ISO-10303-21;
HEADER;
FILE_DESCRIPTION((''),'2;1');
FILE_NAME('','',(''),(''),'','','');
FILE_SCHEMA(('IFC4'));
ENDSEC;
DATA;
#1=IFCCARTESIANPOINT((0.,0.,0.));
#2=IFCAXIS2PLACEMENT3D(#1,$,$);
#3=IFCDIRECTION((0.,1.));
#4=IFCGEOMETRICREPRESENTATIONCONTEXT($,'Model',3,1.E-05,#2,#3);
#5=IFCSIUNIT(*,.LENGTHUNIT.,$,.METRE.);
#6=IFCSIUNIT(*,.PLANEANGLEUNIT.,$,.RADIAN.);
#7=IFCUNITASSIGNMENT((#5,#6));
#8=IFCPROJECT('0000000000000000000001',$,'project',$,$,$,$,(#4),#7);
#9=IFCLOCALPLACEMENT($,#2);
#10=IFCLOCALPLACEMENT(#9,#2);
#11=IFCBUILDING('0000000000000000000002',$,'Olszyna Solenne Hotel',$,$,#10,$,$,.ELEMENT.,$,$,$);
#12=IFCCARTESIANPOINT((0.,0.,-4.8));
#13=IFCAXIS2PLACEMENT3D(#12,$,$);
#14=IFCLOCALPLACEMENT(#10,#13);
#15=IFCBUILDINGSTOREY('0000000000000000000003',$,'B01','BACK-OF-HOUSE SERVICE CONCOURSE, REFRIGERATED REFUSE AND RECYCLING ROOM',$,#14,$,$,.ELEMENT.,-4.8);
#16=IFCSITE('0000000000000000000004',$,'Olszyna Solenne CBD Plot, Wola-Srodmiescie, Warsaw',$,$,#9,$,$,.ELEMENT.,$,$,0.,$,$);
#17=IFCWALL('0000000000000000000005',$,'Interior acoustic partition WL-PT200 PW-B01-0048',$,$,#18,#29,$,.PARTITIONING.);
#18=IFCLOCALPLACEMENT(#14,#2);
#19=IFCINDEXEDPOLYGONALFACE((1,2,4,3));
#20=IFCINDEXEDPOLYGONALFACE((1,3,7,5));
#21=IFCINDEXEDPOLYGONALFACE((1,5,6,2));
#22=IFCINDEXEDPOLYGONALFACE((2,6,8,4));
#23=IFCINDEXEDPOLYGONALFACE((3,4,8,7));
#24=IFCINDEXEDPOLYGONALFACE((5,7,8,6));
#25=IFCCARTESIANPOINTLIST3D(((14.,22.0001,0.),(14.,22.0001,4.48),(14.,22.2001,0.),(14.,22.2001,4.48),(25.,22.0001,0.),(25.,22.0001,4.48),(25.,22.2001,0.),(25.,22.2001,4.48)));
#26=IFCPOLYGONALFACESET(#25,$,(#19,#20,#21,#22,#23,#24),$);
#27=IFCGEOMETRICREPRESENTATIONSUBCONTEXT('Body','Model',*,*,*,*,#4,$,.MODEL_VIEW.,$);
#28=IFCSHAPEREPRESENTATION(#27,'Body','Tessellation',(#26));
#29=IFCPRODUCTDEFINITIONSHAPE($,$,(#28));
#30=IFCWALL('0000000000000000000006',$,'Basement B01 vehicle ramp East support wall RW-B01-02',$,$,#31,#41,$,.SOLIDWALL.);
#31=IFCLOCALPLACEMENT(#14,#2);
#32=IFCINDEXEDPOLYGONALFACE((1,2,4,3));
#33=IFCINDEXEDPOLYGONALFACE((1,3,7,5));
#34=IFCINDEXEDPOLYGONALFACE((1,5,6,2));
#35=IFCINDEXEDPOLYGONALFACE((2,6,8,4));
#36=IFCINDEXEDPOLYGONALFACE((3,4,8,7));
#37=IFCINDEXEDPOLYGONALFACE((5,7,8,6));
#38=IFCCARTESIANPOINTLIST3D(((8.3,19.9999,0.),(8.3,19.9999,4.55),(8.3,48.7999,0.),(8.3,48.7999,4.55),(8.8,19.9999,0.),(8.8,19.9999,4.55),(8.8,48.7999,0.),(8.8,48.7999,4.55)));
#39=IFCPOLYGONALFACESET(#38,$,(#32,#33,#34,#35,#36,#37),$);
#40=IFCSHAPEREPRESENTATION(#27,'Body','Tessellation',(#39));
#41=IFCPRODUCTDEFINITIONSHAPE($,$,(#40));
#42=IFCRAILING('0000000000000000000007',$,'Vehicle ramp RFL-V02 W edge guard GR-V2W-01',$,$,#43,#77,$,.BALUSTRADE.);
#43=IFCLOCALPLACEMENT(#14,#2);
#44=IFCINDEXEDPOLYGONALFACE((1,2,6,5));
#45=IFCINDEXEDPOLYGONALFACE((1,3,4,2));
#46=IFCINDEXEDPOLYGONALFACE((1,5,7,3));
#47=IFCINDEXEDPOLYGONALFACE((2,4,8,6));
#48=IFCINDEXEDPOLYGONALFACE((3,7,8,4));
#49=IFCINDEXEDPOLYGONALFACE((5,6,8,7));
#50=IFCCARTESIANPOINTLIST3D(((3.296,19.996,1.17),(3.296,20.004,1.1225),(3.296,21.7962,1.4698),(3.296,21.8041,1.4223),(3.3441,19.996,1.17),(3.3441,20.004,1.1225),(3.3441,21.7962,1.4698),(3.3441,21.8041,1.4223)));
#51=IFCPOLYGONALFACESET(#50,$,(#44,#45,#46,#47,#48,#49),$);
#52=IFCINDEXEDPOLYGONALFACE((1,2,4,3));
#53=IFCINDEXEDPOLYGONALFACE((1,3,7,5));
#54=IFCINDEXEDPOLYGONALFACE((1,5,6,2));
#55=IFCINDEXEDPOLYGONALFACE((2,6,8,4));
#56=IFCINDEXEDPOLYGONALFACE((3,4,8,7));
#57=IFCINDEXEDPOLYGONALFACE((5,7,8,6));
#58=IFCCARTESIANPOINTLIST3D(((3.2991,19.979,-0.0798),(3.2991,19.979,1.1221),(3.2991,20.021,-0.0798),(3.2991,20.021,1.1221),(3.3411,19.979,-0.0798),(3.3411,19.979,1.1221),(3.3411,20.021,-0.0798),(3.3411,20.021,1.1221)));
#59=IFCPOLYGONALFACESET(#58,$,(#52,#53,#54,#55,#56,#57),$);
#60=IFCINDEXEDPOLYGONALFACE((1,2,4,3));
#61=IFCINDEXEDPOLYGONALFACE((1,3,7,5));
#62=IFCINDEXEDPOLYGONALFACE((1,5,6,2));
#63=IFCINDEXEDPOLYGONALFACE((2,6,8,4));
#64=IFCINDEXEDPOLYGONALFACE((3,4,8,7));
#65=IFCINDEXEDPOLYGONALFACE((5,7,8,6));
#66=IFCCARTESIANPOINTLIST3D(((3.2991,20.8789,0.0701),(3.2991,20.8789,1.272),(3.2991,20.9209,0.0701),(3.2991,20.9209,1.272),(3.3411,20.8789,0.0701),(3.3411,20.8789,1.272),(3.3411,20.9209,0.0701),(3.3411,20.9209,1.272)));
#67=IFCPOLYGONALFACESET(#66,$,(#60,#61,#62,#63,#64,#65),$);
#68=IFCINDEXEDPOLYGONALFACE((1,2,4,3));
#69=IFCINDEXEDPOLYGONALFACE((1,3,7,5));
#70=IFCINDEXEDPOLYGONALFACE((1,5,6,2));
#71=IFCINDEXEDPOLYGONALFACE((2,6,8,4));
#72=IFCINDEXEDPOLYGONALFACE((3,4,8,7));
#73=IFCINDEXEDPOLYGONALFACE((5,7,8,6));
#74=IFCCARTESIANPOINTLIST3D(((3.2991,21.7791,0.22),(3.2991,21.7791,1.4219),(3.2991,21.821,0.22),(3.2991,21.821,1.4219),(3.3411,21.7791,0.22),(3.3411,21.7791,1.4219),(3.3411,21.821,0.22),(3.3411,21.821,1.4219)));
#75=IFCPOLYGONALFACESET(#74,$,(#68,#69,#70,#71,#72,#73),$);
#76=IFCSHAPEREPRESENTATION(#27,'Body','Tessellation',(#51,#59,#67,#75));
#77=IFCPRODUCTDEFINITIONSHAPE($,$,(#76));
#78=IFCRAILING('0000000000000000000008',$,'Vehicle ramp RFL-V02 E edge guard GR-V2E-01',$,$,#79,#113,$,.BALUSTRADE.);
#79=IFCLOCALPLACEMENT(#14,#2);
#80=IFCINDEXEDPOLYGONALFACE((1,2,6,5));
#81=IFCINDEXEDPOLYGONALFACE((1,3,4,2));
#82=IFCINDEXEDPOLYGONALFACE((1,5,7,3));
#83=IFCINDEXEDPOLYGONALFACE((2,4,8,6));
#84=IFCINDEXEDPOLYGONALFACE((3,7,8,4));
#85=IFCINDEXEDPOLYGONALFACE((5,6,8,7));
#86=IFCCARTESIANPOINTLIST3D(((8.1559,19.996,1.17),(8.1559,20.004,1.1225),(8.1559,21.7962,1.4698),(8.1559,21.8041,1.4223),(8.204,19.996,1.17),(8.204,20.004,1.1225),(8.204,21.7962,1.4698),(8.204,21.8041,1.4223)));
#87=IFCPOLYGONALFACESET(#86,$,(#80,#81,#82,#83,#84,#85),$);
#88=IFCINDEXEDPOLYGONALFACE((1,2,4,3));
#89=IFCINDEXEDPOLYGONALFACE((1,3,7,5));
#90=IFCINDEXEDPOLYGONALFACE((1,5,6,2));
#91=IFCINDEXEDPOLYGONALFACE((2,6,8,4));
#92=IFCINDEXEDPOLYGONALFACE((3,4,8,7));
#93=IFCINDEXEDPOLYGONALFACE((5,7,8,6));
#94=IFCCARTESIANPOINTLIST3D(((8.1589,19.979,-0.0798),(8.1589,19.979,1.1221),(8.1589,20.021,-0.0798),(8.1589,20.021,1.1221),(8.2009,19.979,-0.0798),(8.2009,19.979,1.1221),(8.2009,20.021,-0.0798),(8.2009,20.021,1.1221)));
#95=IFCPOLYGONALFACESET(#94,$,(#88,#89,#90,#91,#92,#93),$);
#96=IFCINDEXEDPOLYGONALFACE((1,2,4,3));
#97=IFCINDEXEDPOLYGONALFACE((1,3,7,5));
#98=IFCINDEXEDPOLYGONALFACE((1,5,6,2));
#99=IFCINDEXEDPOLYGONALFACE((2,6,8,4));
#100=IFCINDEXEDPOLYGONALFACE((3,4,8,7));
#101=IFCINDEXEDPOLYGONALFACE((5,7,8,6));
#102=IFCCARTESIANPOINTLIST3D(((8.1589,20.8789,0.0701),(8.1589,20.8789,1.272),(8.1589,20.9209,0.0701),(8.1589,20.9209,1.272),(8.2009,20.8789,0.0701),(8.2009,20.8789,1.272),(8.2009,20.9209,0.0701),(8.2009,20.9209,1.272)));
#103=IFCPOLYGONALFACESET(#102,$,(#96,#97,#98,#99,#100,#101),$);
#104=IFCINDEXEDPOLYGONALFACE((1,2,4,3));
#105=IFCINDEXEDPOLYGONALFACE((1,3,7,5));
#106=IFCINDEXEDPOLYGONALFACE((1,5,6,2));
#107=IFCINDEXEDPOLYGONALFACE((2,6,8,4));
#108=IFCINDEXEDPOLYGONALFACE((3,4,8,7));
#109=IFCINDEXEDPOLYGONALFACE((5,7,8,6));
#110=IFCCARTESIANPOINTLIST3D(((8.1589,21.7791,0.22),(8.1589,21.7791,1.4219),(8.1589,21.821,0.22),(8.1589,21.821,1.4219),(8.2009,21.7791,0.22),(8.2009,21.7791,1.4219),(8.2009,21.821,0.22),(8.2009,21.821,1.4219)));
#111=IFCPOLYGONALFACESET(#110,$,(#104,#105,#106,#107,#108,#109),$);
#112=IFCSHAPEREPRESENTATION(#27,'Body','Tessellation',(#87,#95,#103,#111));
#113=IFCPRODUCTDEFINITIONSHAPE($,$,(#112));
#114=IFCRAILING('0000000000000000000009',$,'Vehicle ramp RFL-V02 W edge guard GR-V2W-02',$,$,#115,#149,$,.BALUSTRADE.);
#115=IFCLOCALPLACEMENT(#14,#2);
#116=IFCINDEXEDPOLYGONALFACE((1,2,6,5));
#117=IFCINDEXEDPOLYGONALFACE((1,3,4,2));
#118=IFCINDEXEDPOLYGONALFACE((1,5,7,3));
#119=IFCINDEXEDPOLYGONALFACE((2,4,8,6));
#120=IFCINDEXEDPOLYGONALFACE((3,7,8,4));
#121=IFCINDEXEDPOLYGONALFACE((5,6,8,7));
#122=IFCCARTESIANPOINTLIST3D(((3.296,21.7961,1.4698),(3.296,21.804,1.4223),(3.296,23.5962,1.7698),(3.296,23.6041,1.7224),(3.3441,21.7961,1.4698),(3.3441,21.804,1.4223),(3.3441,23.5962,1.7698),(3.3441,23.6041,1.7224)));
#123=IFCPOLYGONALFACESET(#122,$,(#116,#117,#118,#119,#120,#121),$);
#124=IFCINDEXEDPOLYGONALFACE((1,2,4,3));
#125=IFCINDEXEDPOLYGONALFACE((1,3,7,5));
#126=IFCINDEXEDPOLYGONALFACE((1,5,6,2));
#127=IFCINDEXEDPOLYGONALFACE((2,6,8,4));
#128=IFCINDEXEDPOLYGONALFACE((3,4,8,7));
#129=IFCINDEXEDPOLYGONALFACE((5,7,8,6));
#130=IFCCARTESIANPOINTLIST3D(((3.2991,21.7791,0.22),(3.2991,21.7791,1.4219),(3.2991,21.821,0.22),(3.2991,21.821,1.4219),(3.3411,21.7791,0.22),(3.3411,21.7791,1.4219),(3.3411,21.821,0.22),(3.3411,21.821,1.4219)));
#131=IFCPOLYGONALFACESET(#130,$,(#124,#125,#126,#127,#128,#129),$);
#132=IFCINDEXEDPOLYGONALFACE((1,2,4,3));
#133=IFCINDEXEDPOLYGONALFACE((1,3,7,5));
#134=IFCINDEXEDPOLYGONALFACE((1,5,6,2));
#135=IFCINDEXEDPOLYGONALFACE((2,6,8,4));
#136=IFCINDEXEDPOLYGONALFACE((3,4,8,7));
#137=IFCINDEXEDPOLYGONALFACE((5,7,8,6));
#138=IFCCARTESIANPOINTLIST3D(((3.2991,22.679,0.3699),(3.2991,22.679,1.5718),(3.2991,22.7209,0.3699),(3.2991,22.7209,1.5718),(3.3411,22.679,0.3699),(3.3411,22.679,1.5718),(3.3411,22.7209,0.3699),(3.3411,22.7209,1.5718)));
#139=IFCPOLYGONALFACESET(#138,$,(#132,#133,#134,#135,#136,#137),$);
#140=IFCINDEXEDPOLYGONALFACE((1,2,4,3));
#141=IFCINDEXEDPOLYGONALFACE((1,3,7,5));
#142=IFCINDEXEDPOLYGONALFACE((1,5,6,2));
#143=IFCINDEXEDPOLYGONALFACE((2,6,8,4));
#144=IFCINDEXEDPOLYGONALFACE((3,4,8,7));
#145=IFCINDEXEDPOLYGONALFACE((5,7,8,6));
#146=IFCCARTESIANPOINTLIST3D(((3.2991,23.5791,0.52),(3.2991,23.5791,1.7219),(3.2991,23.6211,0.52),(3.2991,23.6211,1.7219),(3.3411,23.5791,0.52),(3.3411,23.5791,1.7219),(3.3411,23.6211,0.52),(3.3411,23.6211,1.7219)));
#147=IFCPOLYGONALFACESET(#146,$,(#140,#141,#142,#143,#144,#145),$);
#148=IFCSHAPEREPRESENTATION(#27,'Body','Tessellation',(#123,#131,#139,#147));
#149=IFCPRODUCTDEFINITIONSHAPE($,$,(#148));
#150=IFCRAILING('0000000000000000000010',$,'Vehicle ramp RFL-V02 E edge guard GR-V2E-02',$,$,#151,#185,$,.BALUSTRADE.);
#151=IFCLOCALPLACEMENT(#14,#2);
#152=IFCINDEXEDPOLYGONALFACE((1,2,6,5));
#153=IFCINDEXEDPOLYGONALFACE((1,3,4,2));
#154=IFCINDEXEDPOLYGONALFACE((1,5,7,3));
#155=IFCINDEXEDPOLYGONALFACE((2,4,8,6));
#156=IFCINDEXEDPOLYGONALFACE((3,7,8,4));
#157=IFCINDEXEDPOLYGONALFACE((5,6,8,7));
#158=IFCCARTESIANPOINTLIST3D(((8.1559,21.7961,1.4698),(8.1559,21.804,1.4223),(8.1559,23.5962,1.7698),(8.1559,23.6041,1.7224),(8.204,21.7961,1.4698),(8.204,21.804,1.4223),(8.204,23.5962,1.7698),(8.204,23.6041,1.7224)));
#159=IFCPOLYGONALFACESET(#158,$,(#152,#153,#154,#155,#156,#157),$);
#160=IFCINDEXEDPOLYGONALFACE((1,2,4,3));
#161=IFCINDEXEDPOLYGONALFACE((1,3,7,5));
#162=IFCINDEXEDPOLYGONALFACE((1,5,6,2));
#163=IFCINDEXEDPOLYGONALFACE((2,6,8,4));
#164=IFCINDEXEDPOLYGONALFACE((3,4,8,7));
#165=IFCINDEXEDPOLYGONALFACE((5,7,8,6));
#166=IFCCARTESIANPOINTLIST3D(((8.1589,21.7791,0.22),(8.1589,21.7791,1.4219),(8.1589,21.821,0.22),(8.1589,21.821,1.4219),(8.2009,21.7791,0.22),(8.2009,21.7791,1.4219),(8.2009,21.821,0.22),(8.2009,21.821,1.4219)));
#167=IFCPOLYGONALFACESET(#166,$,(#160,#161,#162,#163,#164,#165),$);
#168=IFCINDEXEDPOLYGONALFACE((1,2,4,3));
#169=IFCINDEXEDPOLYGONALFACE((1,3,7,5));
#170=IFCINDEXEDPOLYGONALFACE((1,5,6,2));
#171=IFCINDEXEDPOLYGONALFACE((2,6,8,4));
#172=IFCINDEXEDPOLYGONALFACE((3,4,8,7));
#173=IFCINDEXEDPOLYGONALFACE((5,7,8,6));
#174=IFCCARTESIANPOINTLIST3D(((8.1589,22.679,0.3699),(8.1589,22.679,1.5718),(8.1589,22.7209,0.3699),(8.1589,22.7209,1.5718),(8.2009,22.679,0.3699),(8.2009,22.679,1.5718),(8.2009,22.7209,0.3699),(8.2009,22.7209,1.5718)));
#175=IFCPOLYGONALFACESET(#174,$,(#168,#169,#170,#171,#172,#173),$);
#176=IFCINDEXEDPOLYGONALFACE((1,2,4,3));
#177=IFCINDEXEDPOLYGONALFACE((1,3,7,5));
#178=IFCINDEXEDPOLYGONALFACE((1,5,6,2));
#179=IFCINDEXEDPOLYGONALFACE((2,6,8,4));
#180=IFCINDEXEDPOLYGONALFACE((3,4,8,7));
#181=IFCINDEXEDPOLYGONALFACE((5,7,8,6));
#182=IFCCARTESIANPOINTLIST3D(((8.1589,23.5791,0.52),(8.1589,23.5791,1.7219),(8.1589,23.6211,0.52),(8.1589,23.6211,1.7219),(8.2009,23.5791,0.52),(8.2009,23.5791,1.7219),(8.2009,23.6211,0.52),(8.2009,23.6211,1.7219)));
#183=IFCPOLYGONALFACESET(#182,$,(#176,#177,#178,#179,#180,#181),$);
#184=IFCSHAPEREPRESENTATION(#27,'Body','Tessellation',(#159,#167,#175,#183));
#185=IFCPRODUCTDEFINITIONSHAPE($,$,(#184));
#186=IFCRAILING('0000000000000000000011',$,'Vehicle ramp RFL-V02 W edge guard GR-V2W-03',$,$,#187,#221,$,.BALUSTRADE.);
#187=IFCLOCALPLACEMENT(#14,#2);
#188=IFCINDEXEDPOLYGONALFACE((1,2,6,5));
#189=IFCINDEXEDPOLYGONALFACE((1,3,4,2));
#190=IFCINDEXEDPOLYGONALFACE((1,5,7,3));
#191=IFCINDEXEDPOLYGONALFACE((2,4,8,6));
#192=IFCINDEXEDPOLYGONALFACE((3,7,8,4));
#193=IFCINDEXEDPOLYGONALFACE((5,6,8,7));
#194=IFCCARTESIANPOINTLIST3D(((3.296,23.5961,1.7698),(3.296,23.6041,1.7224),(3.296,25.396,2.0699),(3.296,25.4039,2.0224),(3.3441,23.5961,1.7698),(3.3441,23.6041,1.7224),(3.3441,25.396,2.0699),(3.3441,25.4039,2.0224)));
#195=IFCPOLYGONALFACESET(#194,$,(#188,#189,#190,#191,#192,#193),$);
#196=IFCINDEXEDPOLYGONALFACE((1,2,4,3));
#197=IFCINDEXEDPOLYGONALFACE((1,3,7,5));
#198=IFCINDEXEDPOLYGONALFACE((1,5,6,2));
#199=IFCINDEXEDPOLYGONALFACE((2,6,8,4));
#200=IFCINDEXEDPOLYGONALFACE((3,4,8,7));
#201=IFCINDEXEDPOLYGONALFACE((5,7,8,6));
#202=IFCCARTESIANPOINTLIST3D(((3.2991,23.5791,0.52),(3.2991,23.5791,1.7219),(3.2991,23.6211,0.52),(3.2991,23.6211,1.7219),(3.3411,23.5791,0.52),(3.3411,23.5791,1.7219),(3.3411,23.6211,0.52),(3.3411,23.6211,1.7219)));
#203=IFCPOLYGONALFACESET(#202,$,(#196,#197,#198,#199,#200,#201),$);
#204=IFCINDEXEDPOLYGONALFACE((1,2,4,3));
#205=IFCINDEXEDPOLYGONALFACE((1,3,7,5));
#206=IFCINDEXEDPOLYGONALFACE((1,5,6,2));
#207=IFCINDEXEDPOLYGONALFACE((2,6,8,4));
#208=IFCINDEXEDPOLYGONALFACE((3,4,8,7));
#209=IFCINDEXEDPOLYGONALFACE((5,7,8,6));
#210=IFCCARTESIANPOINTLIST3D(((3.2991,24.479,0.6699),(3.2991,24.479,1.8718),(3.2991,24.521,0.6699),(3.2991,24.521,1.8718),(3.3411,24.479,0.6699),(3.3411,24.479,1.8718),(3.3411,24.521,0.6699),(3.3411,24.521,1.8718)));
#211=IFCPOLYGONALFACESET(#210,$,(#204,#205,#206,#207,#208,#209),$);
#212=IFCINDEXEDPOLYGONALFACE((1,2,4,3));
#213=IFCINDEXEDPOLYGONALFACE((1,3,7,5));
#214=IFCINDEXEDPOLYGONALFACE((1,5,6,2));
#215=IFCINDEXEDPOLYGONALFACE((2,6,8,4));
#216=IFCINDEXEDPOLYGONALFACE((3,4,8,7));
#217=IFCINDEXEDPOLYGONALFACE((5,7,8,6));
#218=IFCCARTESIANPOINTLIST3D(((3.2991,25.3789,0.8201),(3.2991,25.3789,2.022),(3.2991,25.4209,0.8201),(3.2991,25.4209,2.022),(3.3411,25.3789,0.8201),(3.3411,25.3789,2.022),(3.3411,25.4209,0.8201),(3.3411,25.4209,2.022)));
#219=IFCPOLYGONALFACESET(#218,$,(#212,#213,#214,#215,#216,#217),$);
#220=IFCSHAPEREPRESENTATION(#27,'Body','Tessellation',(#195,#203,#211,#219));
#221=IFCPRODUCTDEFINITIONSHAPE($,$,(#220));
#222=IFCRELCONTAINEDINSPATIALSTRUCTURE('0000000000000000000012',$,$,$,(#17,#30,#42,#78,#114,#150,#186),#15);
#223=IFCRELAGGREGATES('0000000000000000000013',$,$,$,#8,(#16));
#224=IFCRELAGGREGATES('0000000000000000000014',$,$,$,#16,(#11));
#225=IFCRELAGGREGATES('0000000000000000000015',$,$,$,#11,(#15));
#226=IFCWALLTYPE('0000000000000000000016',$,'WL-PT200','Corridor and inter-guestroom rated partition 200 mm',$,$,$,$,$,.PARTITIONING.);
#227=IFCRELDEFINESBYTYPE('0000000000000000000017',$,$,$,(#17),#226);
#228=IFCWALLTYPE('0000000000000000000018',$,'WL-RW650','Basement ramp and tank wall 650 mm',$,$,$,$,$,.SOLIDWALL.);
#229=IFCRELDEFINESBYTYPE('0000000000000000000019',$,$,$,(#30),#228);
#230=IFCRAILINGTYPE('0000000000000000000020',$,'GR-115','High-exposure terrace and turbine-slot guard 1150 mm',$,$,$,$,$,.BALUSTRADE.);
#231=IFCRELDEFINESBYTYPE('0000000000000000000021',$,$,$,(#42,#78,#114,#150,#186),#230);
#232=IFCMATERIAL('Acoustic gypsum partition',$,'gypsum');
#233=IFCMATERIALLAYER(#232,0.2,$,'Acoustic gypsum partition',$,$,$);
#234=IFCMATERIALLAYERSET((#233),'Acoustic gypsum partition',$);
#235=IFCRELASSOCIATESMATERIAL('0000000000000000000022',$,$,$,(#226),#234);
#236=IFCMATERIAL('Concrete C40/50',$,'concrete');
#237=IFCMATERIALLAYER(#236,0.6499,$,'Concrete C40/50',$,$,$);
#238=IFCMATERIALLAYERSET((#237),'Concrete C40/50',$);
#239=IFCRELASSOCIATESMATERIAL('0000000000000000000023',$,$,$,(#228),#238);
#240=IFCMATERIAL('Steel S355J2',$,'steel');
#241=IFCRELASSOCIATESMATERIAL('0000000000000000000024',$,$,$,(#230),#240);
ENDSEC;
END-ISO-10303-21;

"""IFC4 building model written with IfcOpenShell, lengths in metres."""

from ifc_helpers import new_model, si_unit, direction, frame, frame_2d, origin, origin_2d, place, context, subcontext, project, spatial, rectangle, extrude, material, layer, layer_set, type_object, element, save


model = new_model("IFC4")

# Units and contexts
model_context = context("Model", 3, precision=1e-05, world=origin(), true_north=direction((0.0, 1.0)))
body_context = subcontext(model_context, "Body", "Model", "MODEL_VIEW")
ifc_project = project(units=[si_unit("LENGTHUNIT", "METRE"), si_unit("PLANEANGLEUNIT", "RADIAN")], contexts=[model_context])

# Site, building, storey
site_placement = place(None, origin())
site = spatial("IfcSite", under=ifc_project, at=site_placement, Name="Olszyna Solenne CBD Plot, Wola-Srodmiescie, Warsaw", CompositionType="ELEMENT", RefElevation=0.0)
building_placement = place(site_placement, origin())
building = spatial("IfcBuilding", under=site, at=building_placement, Name="Olszyna Solenne Hotel", CompositionType="ELEMENT")
storey_placement = place(building_placement, frame((0.0, 0.0, -4.8)))
storey = spatial("IfcBuildingStorey", under=building, at=storey_placement, Name="B01", Description="BACK-OF-HOUSE SERVICE CONCOURSE, REFRIGERATED REFUSE AND RECYCLING ROOM", CompositionType="ELEMENT", Elevation=-4.8)

# Shared definitions
ifc_material_1 = material(Name="Steel S355J2", Category="steel")

# Shared definitions
ifc_material_2 = material(Name="Concrete C40/50", Category="concrete")

# Walls
ifc_material_3 = material(Name="Acoustic gypsum partition", Category="gypsum")
ifc_layer_1 = layer(ifc_material_3, 0.2, Name="Acoustic gypsum partition")
ifc_layer_set_1 = layer_set([ifc_layer_1], Name="Acoustic gypsum partition")
wall_type_1 = type_object("IfcWallType", Name="WL-PT200", Description="Corridor and inter-guestroom rated partition 200 mm", PredefinedType="PARTITIONING", material=ifc_layer_set_1)
wall_1_placement = place(storey_placement, frame((14.0, 22.1001, 0.0), z_axis=(0.0, 0.0, 1.0), x_axis=(1.0, 0.0, 0.0)))
element("IfcWall", 1, at=wall_1_placement, inside=storey, type_object=wall_type_1, Name="Interior acoustic partition WL-PT200 PW-B01-0048", PredefinedType="PARTITIONING", context=body_context, shape_type="SweptSolid", body=[
    extrude(rectangle(XDim=11.0, YDim=0.2, at=frame_2d((5.5, 0.0))), origin(), (0.0, 0.0, 1.0), 4.48),
])
ifc_layer_2 = layer(ifc_material_2, 0.6499, Name="Concrete C40/50")
ifc_layer_set_2 = layer_set([ifc_layer_2], Name="Concrete C40/50")
wall_type_2 = type_object("IfcWallType", Name="WL-RW650", Description="Basement ramp and tank wall 650 mm", PredefinedType="SOLIDWALL", material=ifc_layer_set_2)
wall_2_placement = place(storey_placement, frame((8.55, 20.0, 0.0), z_axis=(0.0, 0.0, 1.0), x_axis=(0.0, 1.0, 0.0)))
element("IfcWall", 2, at=wall_2_placement, inside=storey, type_object=wall_type_2, Name="Basement B01 vehicle ramp East support wall RW-B01-02", PredefinedType="SOLIDWALL", context=body_context, shape_type="SweptSolid", body=[
    extrude(rectangle(XDim=28.8, YDim=0.5, at=frame_2d((14.3999, 0.0))), origin(), (0.0, 0.0, 1.0), 4.55),
])

# Railings
railing_type = type_object("IfcRailingType", Name="GR-115", Description="High-exposure terrace and turbine-slot guard 1150 mm", PredefinedType="BALUSTRADE", material=ifc_material_1)
for number, where, name in (
    (3, (3.3201, 20.0, -0.0798), "Vehicle ramp RFL-V02 W edge guard GR-V2W-01"),
    (4, (8.1799, 20.0, -0.0798), "Vehicle ramp RFL-V02 E edge guard GR-V2E-01"),
):
    element("IfcRailing", number, at=place(storey_placement, frame(where)), inside=storey, type_object=railing_type, Name=name, PredefinedType="BALUSTRADE", context=body_context, shape_type="SweptSolid", body=[
        extrude(rectangle(XDim=0.0481, YDim=0.0481, at=origin_2d()), frame((0.0, 0.0, 1.2261), z_axis=(0.0, 0.986412, 0.164291), x_axis=(-1.0, 0.0, 0.0)), (0.0, 0.0, 1.0), 1.825),
        extrude(rectangle(XDim=0.042, YDim=0.042, at=origin_2d()), origin(), (0.0, 0.0, 1.0), 1.2019),
        extrude(rectangle(XDim=0.042, YDim=0.042, at=origin_2d()), frame((0.0, 0.8999, 0.1499)), (0.0, 0.0, 1.0), 1.2019),
        extrude(rectangle(XDim=0.042, YDim=0.042, at=origin_2d()), frame((0.0, 1.8, 0.2998)), (0.0, 0.0, 1.0), 1.2019),
    ])
for number, where, name in (
    (5, (3.3201, 21.8, 0.22), "Vehicle ramp RFL-V02 W edge guard GR-V2W-02"),
    (6, (8.1799, 21.8, 0.22), "Vehicle ramp RFL-V02 E edge guard GR-V2E-02"),
):
    element("IfcRailing", number, at=place(storey_placement, frame(where)), inside=storey, type_object=railing_type, Name=name, PredefinedType="BALUSTRADE", context=body_context, shape_type="SweptSolid", body=[
        extrude(rectangle(XDim=0.0481, YDim=0.0481, at=origin_2d()), frame((0.0, 0.0, 1.2261), z_axis=(0.0, 0.98639, 0.164421), x_axis=(-1.0, 0.0, 0.0)), (0.0, 0.0, 1.0), 1.825),
        extrude(rectangle(XDim=0.042, YDim=0.042, at=origin_2d()), origin(), (0.0, 0.0, 1.0), 1.2019),
        extrude(rectangle(XDim=0.042, YDim=0.042, at=origin_2d()), frame((0.0, 0.8999, 0.1499)), (0.0, 0.0, 1.0), 1.2019),
        extrude(rectangle(XDim=0.042, YDim=0.042, at=origin_2d()), frame((0.0, 1.8, 0.3)), (0.0, 0.0, 1.0), 1.2019),
    ])
for number, where, name in (
    (7, (3.3201, 23.6001, 0.52), "Vehicle ramp RFL-V02 W edge guard GR-V2W-03"),
):
    element("IfcRailing", number, at=place(storey_placement, frame(where)), inside=storey, type_object=railing_type, Name=name, PredefinedType="BALUSTRADE", context=body_context, shape_type="SweptSolid", body=[
        extrude(rectangle(XDim=0.0481, YDim=0.0481, at=origin_2d()), frame((0.0, 0.0, 1.2261), z_axis=(0.0, 0.986387, 0.164442), x_axis=(-1.0, 0.0, 0.0)), (0.0, 0.0, 1.0), 1.8247),
        extrude(rectangle(XDim=0.042, YDim=0.042, at=origin_2d()), origin(), (0.0, 0.0, 1.0), 1.2019),
        extrude(rectangle(XDim=0.042, YDim=0.042, at=origin_2d()), frame((0.0, 0.8999, 0.1499)), (0.0, 0.0, 1.0), 1.2019),
        extrude(rectangle(XDim=0.042, YDim=0.042, at=origin_2d()), frame((0.0, 1.7998, 0.3)), (0.0, 0.0, 1.0), 1.2019),
    ])

save(model, "model.ifc")
